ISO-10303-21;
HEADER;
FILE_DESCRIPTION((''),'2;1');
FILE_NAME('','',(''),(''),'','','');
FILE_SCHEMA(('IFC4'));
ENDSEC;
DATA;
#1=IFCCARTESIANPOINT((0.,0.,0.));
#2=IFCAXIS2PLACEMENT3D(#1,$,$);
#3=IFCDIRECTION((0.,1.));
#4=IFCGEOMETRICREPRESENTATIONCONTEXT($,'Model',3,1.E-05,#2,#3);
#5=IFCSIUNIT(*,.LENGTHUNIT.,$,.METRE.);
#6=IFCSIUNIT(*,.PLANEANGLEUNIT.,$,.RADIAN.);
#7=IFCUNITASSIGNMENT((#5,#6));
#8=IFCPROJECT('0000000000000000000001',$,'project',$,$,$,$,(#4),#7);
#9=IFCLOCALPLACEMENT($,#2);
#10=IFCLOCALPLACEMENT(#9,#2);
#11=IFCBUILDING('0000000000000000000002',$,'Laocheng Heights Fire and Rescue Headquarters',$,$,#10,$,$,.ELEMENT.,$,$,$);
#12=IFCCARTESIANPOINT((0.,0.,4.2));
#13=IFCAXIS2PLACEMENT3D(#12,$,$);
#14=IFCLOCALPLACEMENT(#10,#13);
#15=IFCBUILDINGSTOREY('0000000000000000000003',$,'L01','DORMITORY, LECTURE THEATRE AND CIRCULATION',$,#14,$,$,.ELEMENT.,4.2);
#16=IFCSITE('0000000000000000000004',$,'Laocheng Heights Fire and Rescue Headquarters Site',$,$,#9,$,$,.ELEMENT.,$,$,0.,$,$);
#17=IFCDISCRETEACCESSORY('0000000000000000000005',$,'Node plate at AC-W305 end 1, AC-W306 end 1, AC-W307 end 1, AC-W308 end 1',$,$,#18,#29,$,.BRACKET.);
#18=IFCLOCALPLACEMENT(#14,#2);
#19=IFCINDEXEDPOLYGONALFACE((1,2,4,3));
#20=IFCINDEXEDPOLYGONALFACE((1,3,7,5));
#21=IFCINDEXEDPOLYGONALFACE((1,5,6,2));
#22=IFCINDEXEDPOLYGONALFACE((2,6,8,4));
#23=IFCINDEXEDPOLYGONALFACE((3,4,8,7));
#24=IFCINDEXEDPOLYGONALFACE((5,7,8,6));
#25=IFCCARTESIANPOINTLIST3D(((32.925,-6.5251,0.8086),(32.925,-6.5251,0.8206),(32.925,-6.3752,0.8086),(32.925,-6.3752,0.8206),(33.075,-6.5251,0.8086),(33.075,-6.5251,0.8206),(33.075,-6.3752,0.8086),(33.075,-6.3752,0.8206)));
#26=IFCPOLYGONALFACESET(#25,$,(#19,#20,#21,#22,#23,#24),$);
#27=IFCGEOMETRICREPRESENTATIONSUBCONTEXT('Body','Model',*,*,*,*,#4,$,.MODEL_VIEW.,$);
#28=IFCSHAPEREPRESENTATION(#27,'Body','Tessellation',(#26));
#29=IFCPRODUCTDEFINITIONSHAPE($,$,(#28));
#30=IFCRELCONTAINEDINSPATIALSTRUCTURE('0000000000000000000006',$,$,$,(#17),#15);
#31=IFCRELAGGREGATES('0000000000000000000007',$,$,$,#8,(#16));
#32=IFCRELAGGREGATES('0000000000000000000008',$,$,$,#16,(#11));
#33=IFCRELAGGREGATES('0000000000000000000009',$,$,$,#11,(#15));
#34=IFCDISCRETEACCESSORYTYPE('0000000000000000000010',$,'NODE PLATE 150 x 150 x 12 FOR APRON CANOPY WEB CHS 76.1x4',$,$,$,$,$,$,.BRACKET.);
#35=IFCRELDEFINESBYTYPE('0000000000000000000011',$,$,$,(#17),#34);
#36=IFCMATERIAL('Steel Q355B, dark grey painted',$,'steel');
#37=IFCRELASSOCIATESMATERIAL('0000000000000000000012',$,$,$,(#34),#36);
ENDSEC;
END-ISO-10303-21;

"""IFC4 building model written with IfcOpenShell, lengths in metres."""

from ifc_helpers import new_model, si_unit, direction, frame, origin, origin_2d, place, context, subcontext, project, spatial, rectangle, extrude, material, material_profile, profile_set, type_object, element, save


model = new_model("IFC4")

# Units and contexts
model_context = context("Model", 3, precision=1e-05, world=origin(), true_north=direction((0.0, 1.0)))
body_context = subcontext(model_context, "Body", "Model", "MODEL_VIEW")
ifc_project = project(units=[si_unit("LENGTHUNIT", "METRE"), si_unit("PLANEANGLEUNIT", "RADIAN")], contexts=[model_context])

# Site, building, storey
site_placement = place(None, origin())
site = spatial("IfcSite", under=ifc_project, at=site_placement, Name="Laocheng Heights Fire and Rescue Headquarters Site", CompositionType="ELEMENT", RefElevation=0.0)
building_placement = place(site_placement, origin())
building = spatial("IfcBuilding", under=site, at=building_placement, Name="Laocheng Heights Fire and Rescue Headquarters", CompositionType="ELEMENT")
storey_placement = place(building_placement, frame((0.0, 0.0, 4.2)))
storey = spatial("IfcBuildingStorey", under=building, at=storey_placement, Name="L01", Description="DORMITORY, LECTURE THEATRE AND CIRCULATION", CompositionType="ELEMENT", Elevation=4.2)

# Discrete accessory
ifc_material_1 = material(Name="Steel Q355B, dark grey painted", Category="steel")
ifc_material_profile_1 = material_profile(ifc_material_1, rectangle(XDim=0.1499, YDim=0.1499, at=origin_2d()), Name="NODE PLATE 150 x 150 x 12 FOR APRON CANOPY WEB CHS 76.1x4")
ifc_profile_set_1 = profile_set([ifc_material_profile_1], Name="Steel Q355B, dark grey painted")
discrete_accessory_type = type_object("IfcDiscreteAccessoryType", Name="NODE PLATE 150 x 150 x 12 FOR APRON CANOPY WEB CHS 76.1x4", PredefinedType="BRACKET", material=ifc_profile_set_1)
for number, where, z_axis, x_axis, name in (
    (1, (33.0, -6.4502, 0.8086), (0.0, 0.0, 1.0), (1.0, 0.0, 0.0), "Node plate at AC-W305 end 1, AC-W306 end 1, AC-W307 end 1, AC-W308 end 1"),
):
    element("IfcDiscreteAccessory", number, at=place(storey_placement, frame(where, z_axis=z_axis, x_axis=x_axis)), inside=storey, type_object=discrete_accessory_type, Name=name, PredefinedType="BRACKET", context=body_context, shape_type="SweptSolid", body=[
        extrude(rectangle(XDim=0.1499, YDim=0.1499, at=origin_2d()), origin(), (0.0, 0.0, 1.0), 0.012),
    ])

save(model, "model.ifc")
